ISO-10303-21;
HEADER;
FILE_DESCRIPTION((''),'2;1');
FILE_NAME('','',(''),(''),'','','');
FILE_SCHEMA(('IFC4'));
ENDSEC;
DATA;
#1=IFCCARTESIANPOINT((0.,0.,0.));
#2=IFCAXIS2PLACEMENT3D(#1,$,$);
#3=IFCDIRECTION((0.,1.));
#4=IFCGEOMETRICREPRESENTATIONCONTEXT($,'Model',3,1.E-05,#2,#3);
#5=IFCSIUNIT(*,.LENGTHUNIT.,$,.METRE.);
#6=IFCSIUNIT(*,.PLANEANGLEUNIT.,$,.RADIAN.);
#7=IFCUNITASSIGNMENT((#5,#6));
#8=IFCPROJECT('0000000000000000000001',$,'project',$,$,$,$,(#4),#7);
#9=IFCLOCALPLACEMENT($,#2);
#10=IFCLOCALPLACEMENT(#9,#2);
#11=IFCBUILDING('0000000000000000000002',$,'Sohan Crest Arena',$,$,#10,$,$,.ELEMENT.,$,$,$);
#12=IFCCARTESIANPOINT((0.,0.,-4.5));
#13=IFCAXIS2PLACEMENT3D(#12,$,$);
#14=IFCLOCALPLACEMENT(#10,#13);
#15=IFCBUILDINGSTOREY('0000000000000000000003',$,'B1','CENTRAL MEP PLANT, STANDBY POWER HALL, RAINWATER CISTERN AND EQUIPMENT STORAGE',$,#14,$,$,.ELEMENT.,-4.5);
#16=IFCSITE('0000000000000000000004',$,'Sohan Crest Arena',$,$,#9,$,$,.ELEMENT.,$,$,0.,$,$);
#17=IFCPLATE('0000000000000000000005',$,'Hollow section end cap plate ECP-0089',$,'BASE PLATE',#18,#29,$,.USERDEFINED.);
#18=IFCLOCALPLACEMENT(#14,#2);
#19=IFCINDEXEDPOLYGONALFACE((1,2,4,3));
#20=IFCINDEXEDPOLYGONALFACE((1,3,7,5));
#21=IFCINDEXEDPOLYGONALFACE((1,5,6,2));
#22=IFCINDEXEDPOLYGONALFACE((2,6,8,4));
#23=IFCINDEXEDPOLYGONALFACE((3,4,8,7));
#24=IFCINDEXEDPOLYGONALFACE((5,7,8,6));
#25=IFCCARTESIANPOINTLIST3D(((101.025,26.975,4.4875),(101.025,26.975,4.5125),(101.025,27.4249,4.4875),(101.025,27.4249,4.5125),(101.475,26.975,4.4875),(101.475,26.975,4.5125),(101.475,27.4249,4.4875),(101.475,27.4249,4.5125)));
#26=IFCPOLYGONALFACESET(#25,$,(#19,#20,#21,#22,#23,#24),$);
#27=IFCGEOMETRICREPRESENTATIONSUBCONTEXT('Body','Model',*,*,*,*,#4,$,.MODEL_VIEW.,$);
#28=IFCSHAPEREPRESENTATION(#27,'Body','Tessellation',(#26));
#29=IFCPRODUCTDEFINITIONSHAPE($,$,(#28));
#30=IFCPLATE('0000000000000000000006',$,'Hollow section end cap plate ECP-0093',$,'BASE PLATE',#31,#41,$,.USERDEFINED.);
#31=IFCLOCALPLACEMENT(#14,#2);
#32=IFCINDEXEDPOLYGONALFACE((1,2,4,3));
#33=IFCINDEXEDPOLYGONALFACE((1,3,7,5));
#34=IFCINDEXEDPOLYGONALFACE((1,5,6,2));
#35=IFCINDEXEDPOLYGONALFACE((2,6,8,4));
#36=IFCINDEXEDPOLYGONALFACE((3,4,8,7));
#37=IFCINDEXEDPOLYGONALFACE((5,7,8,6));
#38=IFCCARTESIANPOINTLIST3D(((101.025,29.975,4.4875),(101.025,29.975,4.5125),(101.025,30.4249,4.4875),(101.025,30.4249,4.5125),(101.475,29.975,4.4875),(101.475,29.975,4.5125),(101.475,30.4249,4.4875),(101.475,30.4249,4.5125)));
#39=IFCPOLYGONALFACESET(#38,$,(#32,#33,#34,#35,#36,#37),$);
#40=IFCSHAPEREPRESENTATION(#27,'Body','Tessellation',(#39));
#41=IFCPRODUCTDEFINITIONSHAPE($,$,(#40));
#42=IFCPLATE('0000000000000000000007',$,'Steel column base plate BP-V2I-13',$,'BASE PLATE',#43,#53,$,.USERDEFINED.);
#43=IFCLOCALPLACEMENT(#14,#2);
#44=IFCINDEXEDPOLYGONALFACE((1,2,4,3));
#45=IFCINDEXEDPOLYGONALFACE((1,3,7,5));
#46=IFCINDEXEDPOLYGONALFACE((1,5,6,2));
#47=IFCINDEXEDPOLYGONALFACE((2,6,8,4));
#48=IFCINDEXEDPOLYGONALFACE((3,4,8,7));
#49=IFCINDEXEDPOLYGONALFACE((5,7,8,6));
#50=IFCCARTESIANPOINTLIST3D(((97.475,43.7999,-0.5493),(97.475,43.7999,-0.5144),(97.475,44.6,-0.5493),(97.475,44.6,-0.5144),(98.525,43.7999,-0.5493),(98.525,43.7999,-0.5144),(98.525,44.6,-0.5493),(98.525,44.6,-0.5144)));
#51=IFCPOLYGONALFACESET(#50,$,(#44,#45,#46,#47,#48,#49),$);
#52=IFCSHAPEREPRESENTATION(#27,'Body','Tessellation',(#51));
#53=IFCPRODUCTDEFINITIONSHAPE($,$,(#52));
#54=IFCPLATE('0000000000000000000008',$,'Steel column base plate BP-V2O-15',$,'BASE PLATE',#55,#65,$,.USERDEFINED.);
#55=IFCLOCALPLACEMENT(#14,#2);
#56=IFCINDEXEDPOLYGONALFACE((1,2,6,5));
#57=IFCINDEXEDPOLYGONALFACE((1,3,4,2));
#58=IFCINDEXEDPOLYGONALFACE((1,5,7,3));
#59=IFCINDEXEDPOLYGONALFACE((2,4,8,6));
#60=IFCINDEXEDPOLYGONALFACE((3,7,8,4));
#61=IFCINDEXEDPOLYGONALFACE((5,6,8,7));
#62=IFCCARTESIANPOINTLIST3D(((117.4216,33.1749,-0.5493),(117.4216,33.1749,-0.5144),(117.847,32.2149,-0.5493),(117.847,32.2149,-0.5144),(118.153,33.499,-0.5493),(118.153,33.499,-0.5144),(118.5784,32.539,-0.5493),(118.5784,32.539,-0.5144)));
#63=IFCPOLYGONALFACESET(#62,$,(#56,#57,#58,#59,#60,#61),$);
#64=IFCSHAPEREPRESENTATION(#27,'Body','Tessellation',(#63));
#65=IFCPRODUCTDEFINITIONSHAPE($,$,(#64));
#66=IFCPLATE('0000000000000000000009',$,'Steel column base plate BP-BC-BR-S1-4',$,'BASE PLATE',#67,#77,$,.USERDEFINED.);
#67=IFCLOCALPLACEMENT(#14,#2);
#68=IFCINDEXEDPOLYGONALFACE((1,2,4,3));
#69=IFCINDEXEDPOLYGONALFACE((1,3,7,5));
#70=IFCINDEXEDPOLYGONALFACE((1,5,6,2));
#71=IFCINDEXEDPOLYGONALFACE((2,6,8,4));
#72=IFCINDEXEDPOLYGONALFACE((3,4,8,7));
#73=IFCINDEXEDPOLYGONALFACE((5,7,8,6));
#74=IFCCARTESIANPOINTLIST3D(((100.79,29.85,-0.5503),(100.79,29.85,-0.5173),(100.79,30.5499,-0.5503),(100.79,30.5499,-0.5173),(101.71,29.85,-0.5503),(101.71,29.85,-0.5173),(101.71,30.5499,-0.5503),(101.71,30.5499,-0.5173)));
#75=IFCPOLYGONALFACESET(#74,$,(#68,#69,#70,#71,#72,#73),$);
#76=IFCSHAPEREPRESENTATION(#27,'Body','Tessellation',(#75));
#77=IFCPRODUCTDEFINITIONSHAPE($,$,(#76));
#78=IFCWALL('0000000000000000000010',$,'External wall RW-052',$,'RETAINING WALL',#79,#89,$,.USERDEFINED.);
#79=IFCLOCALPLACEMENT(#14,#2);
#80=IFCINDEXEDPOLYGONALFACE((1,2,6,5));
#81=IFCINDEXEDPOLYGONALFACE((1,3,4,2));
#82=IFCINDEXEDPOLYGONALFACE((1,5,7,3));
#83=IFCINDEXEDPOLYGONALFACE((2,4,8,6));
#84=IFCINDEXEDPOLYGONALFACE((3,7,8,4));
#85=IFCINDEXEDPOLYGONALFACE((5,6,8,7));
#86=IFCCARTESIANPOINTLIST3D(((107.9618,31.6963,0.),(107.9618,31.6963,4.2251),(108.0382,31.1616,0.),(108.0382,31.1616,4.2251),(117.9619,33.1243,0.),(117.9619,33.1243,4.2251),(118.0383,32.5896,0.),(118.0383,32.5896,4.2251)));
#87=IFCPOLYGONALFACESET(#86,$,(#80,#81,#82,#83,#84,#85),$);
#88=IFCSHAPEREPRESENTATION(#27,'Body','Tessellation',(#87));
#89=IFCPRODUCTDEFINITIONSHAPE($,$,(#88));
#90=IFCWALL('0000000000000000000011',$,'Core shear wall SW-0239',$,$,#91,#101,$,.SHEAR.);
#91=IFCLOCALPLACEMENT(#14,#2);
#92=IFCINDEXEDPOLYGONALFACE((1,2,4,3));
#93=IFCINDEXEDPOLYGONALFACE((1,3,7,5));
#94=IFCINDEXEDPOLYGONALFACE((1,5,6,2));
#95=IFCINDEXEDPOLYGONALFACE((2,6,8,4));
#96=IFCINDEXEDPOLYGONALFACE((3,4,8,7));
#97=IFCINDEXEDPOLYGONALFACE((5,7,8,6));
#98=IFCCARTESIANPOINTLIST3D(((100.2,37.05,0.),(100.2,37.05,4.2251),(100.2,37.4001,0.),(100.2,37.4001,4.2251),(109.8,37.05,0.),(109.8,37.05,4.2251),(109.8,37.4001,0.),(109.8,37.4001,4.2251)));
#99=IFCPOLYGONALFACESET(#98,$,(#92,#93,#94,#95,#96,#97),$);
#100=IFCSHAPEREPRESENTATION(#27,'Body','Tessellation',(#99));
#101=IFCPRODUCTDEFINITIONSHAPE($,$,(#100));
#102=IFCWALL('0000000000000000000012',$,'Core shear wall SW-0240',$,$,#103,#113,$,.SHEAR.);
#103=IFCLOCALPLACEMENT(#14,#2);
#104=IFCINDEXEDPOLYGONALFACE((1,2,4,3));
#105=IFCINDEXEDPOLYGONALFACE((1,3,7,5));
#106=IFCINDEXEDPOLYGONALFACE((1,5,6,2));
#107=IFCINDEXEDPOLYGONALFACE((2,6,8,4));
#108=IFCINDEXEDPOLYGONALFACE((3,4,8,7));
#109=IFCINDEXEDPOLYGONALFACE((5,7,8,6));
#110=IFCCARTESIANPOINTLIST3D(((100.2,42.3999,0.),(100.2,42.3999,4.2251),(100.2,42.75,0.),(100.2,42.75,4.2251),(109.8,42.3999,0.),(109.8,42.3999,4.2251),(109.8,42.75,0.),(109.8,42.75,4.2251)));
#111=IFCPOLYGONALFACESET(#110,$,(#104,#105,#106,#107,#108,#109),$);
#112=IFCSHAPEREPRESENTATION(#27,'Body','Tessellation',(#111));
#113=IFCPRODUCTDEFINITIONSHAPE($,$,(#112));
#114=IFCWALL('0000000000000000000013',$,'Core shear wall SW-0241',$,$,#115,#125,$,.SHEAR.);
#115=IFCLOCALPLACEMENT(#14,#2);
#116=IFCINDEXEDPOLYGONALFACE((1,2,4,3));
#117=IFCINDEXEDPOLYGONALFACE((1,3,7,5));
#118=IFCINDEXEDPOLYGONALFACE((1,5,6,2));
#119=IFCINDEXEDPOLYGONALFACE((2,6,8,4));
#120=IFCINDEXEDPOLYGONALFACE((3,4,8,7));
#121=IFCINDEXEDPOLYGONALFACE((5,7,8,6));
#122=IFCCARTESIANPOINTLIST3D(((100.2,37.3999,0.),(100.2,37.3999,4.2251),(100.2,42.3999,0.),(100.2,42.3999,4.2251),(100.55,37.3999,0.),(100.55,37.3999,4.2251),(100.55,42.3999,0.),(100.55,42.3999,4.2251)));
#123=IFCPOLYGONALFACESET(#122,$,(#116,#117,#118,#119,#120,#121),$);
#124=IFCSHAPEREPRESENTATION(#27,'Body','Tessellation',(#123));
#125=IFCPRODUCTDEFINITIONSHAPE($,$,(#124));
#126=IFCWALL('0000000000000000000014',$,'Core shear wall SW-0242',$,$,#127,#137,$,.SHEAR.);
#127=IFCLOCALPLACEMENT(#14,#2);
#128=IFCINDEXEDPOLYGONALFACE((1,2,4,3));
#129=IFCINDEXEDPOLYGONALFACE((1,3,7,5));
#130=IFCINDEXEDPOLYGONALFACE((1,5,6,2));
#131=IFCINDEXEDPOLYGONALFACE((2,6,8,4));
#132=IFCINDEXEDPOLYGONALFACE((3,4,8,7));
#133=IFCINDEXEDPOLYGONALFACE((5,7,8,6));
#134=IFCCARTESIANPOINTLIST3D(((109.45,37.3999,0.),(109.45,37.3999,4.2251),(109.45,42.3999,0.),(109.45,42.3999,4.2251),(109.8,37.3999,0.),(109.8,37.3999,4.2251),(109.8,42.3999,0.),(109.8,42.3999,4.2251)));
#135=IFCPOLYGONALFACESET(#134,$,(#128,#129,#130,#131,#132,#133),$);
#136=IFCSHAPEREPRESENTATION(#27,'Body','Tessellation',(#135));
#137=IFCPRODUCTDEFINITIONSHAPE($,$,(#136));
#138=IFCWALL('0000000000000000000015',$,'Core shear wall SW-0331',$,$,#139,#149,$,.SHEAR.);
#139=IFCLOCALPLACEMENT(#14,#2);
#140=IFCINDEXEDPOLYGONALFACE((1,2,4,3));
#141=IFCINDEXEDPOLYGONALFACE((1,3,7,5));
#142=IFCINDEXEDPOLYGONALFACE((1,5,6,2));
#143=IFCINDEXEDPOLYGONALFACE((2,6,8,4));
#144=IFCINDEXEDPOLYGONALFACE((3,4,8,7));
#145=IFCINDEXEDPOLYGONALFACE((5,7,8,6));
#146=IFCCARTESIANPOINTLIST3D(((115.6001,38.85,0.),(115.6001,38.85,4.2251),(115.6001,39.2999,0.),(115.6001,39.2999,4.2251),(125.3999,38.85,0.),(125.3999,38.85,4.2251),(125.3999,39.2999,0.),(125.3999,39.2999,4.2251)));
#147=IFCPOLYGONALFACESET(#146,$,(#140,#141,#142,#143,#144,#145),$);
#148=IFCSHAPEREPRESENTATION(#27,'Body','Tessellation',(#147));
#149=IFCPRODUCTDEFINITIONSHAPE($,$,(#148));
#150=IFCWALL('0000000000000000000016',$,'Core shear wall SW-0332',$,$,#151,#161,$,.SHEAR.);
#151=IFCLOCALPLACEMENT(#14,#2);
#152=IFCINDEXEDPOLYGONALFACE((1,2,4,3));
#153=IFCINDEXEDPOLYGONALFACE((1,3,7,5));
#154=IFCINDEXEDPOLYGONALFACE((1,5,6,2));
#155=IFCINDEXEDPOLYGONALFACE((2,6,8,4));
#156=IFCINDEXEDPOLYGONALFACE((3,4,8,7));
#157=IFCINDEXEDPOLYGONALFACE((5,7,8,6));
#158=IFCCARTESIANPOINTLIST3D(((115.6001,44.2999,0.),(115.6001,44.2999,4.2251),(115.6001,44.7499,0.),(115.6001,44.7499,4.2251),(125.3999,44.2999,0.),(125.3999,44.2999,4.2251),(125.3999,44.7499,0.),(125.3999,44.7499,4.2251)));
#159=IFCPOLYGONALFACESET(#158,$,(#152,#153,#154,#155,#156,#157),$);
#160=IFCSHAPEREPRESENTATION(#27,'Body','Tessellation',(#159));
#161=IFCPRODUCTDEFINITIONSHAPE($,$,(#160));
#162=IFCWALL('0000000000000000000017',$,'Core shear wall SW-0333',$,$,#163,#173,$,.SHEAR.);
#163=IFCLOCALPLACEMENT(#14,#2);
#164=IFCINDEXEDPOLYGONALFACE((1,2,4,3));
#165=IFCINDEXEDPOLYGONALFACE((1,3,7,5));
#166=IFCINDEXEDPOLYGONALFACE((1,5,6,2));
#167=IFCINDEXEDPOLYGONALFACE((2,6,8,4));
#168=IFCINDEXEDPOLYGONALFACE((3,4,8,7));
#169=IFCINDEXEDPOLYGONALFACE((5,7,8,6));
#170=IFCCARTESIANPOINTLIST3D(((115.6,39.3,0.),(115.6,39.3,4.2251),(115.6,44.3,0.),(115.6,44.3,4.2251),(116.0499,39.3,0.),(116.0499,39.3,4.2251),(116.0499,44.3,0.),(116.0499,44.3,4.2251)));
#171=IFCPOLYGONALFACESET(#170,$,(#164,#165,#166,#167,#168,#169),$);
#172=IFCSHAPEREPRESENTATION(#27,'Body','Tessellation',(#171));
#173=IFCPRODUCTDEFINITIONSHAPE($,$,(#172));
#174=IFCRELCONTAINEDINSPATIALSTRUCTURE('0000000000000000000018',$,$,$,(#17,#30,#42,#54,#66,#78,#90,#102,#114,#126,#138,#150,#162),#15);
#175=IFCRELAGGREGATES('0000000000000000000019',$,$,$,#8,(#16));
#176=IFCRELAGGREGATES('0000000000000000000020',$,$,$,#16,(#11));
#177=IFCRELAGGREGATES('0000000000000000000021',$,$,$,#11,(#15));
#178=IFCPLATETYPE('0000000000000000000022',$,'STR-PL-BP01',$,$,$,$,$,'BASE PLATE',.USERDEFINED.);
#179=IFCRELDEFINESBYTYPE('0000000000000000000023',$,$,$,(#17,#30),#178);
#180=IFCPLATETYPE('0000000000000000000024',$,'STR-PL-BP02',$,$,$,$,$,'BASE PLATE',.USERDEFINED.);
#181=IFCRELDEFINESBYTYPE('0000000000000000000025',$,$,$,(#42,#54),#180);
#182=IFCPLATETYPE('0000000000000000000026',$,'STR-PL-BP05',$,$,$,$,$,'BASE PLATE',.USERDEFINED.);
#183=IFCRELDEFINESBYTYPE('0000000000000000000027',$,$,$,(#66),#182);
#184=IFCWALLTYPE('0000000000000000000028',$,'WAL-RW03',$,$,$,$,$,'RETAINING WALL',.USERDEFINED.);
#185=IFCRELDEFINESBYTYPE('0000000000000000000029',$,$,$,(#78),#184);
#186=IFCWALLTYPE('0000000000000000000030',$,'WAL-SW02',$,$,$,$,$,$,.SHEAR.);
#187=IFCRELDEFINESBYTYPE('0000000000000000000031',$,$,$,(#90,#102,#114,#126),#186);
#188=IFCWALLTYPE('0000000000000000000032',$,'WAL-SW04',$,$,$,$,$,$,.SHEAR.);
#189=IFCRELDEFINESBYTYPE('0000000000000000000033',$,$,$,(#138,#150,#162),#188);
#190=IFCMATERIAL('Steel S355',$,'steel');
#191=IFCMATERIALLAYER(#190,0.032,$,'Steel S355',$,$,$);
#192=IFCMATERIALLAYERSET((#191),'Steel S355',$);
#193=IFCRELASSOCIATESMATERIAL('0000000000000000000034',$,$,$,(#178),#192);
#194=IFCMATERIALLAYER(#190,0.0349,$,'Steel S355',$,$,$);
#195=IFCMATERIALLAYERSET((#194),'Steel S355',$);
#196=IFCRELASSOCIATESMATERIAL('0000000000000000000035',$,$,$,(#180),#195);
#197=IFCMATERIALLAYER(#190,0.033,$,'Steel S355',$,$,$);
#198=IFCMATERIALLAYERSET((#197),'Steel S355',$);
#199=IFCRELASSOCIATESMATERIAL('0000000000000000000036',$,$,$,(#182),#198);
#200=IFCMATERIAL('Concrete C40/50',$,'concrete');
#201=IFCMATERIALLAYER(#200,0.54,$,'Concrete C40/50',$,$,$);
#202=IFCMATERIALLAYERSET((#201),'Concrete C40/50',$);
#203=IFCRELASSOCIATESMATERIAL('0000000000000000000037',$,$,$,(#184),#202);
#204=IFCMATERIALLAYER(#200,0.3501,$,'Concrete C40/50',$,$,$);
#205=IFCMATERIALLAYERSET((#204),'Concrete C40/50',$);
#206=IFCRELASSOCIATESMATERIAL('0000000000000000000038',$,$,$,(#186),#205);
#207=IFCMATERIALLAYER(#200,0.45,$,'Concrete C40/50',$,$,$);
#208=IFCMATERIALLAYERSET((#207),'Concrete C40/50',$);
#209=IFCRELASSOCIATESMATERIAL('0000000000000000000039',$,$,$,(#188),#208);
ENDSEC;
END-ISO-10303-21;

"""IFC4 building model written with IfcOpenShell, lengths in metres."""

from ifc_helpers import new_model, si_unit, direction, frame, frame_2d, origin, origin_2d, place, context, subcontext, project, spatial, rectangle, extrude, material, layer, layer_set, type_object, element, save


model = new_model("IFC4")

# Units and contexts
model_context = context("Model", 3, precision=1e-05, world=origin(), true_north=direction((0.0, 1.0)))
body_context = subcontext(model_context, "Body", "Model", "MODEL_VIEW")
ifc_project = project(units=[si_unit("LENGTHUNIT", "METRE"), si_unit("PLANEANGLEUNIT", "RADIAN")], contexts=[model_context])

# Site, building, storey
site_placement = place(None, origin())
site = spatial("IfcSite", under=ifc_project, at=site_placement, Name="Sohan Crest Arena", CompositionType="ELEMENT", RefElevation=0.0)
building_placement = place(site_placement, origin())
building = spatial("IfcBuilding", under=site, at=building_placement, Name="Sohan Crest Arena", CompositionType="ELEMENT")
storey_placement = place(building_placement, frame((0.0, 0.0, -4.5)))
storey = spatial("IfcBuildingStorey", under=building, at=storey_placement, Name="B1", Description="CENTRAL MEP PLANT, STANDBY POWER HALL, RAINWATER CISTERN AND EQUIPMENT STORAGE", CompositionType="ELEMENT", Elevation=-4.5)

# Shared definitions
ifc_material_1 = material(Name="Concrete C40/50", Category="concrete")

# Shared definitions
ifc_material_2 = material(Name="Steel S355", Category="steel")

# Plates
ifc_layer_1 = layer(ifc_material_2, 0.032, Name="Steel S355")
ifc_layer_set_1 = layer_set([ifc_layer_1], Name="Steel S355")
plate_type_1 = type_object("IfcPlateType", Name="STR-PL-BP01", ElementType="BASE PLATE", PredefinedType="USERDEFINED", material=ifc_layer_set_1)
for number, where, z_axis, x_axis, name in (
    (1, (101.25, 27.2, 4.4875), (0.0, 0.0, 1.0), (1.0, 0.0, 0.0), "Hollow section end cap plate ECP-0089"),
    (2, (101.25, 30.2, 4.4875), (0.0, 0.0, 1.0), (1.0, 0.0, 0.0), "Hollow section end cap plate ECP-0093"),
):
    element("IfcPlate", number, at=place(storey_placement, frame(where, z_axis=z_axis, x_axis=x_axis)), inside=storey, type_object=plate_type_1, Name=name, ObjectType="BASE PLATE", PredefinedType="USERDEFINED", context=body_context, shape_type="SweptSolid", body=[
        extrude(rectangle(XDim=0.45, YDim=0.45, at=origin_2d()), origin(), (0.0, 0.0, 1.0), 0.0249),
    ])
ifc_layer_2 = layer(ifc_material_2, 0.0349, Name="Steel S355")
ifc_layer_set_2 = layer_set([ifc_layer_2], Name="Steel S355")
plate_type_2 = type_object("IfcPlateType", Name="STR-PL-BP02", ElementType="BASE PLATE", PredefinedType="USERDEFINED", material=ifc_layer_set_2)
for number, where, z_axis, x_axis, name in (
    (3, (98.0, 44.2, -0.5493), (0.0, 0.0, 1.0), (1.0, 0.0, 0.0), "Steel column base plate BP-V2I-13"),
    (4, (118.0, 32.8569, -0.5493), (0.0, 0.0, 1.0), (-0.405142, 0.914254, 0.0), "Steel column base plate BP-V2O-15"),
):
    element("IfcPlate", number, at=place(storey_placement, frame(where, z_axis=z_axis, x_axis=x_axis)), inside=storey, type_object=plate_type_2, Name=name, ObjectType="BASE PLATE", PredefinedType="USERDEFINED", context=body_context, shape_type="SweptSolid", body=[
        extrude(rectangle(XDim=1.05, YDim=0.8, at=origin_2d()), origin(), (0.0, 0.0, 1.0), 0.0349),
    ])
ifc_layer_3 = layer(ifc_material_2, 0.033, Name="Steel S355")
ifc_layer_set_3 = layer_set([ifc_layer_3], Name="Steel S355")
plate_type_3 = type_object("IfcPlateType", Name="STR-PL-BP05", ElementType="BASE PLATE", PredefinedType="USERDEFINED", material=ifc_layer_set_3)
plate_1_placement = place(storey_placement, frame((101.25, 30.2, -0.5503), z_axis=(0.0, 0.0, 1.0), x_axis=(1.0, 0.0, 0.0)))
element("IfcPlate", 5, at=plate_1_placement, inside=storey, type_object=plate_type_3, Name="Steel column base plate BP-BC-BR-S1-4", ObjectType="BASE PLATE", PredefinedType="USERDEFINED", context=body_context, shape_type="SweptSolid", body=[
    extrude(rectangle(XDim=0.9199, YDim=0.7, at=origin_2d()), origin(), (0.0, 0.0, 1.0), 0.033),
])

# Walls
ifc_layer_4 = layer(ifc_material_1, 0.54, Name="Concrete C40/50")
ifc_layer_set_4 = layer_set([ifc_layer_4], Name="Concrete C40/50")
wall_type_1 = type_object("IfcWallType", Name="WAL-RW03", ElementType="RETAINING WALL", PredefinedType="USERDEFINED", material=ifc_layer_set_4)
wall_1_placement = place(storey_placement, frame((108.0, 31.429, 0.0), z_axis=(0.0, 0.0, 1.0), x_axis=(0.989958, 0.141364, 0.0)))
element("IfcWall", 6, at=wall_1_placement, inside=storey, type_object=wall_type_1, Name="External wall RW-052", ObjectType="RETAINING WALL", PredefinedType="USERDEFINED", context=body_context, shape_type="SweptSolid", body=[
    extrude(rectangle(XDim=10.1016, YDim=0.54, at=frame_2d((5.0508, 0.0))), origin(), (0.0, 0.0, 1.0), 4.2251),
])
ifc_layer_5 = layer(ifc_material_1, 0.3501, Name="Concrete C40/50")
ifc_layer_set_5 = layer_set([ifc_layer_5], Name="Concrete C40/50")
wall_type_2 = type_object("IfcWallType", Name="WAL-SW02", PredefinedType="SHEAR", material=ifc_layer_set_5)
for number, where, z_axis, x_axis, name in (
    (7, (100.2, 37.2251, 0.0), (0.0, 0.0, 1.0), (1.0, 0.0, 0.0), "Core shear wall SW-0239"),
    (8, (100.2, 42.575, 0.0), (0.0, 0.0, 1.0), (1.0, 0.0, 0.0), "Core shear wall SW-0240"),
):
    element("IfcWall", number, at=place(storey_placement, frame(where, z_axis=z_axis, x_axis=x_axis)), inside=storey, type_object=wall_type_2, Name=name, PredefinedType="SHEAR", context=body_context, shape_type="SweptSolid", body=[
        extrude(rectangle(XDim=9.6001, YDim=0.3501, at=frame_2d((4.8, 0.0))), origin(), (0.0, 0.0, 1.0), 4.2251),
    ])
for number, where, z_axis, x_axis, name in (
    (9, (100.375, 37.3999, 0.0), (0.0, 0.0, 1.0), (0.0, 1.0, 0.0), "Core shear wall SW-0241"),
    (10, (109.625, 37.3999, 0.0), (0.0, 0.0, 1.0), (0.0, 1.0, 0.0), "Core shear wall SW-0242"),
):
    element("IfcWall", number, at=place(storey_placement, frame(where, z_axis=z_axis, x_axis=x_axis)), inside=storey, type_object=wall_type_2, Name=name, PredefinedType="SHEAR", context=body_context, shape_type="SweptSolid", body=[
        extrude(rectangle(XDim=5.0, YDim=0.3501, at=frame_2d((2.5, 0.0))), origin(), (0.0, 0.0, 1.0), 4.2251),
    ])
ifc_layer_6 = layer(ifc_material_1, 0.45, Name="Concrete C40/50")
ifc_layer_set_6 = layer_set([ifc_layer_6], Name="Concrete C40/50")
wall_type_3 = type_object("IfcWallType", Name="WAL-SW04", PredefinedType="SHEAR", material=ifc_layer_set_6)
for number, where, z_axis, x_axis, name in (
    (11, (115.6001, 39.075, 0.0), (0.0, 0.0, 1.0), (1.0, 0.0, 0.0), "Core shear wall SW-0331"),
    (12, (115.6001, 44.5249, 0.0), (0.0, 0.0, 1.0), (1.0, 0.0, 0.0), "Core shear wall SW-0332"),
):
    element("IfcWall", number, at=place(storey_placement, frame(where, z_axis=z_axis, x_axis=x_axis)), inside=storey, type_object=wall_type_3, Name=name, PredefinedType="SHEAR", context=body_context, shape_type="SweptSolid", body=[
        extrude(rectangle(XDim=9.7998, YDim=0.45, at=frame_2d((4.8999, 0.0))), origin(), (0.0, 0.0, 1.0), 4.2251),
    ])
wall_2_placement = place(storey_placement, frame((115.825, 39.3, 0.0), z_axis=(0.0, 0.0, 1.0), x_axis=(0.0, 1.0, 0.0)))
element("IfcWall", 13, at=wall_2_placement, inside=storey, type_object=wall_type_3, Name="Core shear wall SW-0333", PredefinedType="SHEAR", context=body_context, shape_type="SweptSolid", body=[
    extrude(rectangle(XDim=5.0, YDim=0.45, at=frame_2d((2.5, 0.0))), origin(), (0.0, 0.0, 1.0), 4.2251),
])

save(model, "model.ifc")
